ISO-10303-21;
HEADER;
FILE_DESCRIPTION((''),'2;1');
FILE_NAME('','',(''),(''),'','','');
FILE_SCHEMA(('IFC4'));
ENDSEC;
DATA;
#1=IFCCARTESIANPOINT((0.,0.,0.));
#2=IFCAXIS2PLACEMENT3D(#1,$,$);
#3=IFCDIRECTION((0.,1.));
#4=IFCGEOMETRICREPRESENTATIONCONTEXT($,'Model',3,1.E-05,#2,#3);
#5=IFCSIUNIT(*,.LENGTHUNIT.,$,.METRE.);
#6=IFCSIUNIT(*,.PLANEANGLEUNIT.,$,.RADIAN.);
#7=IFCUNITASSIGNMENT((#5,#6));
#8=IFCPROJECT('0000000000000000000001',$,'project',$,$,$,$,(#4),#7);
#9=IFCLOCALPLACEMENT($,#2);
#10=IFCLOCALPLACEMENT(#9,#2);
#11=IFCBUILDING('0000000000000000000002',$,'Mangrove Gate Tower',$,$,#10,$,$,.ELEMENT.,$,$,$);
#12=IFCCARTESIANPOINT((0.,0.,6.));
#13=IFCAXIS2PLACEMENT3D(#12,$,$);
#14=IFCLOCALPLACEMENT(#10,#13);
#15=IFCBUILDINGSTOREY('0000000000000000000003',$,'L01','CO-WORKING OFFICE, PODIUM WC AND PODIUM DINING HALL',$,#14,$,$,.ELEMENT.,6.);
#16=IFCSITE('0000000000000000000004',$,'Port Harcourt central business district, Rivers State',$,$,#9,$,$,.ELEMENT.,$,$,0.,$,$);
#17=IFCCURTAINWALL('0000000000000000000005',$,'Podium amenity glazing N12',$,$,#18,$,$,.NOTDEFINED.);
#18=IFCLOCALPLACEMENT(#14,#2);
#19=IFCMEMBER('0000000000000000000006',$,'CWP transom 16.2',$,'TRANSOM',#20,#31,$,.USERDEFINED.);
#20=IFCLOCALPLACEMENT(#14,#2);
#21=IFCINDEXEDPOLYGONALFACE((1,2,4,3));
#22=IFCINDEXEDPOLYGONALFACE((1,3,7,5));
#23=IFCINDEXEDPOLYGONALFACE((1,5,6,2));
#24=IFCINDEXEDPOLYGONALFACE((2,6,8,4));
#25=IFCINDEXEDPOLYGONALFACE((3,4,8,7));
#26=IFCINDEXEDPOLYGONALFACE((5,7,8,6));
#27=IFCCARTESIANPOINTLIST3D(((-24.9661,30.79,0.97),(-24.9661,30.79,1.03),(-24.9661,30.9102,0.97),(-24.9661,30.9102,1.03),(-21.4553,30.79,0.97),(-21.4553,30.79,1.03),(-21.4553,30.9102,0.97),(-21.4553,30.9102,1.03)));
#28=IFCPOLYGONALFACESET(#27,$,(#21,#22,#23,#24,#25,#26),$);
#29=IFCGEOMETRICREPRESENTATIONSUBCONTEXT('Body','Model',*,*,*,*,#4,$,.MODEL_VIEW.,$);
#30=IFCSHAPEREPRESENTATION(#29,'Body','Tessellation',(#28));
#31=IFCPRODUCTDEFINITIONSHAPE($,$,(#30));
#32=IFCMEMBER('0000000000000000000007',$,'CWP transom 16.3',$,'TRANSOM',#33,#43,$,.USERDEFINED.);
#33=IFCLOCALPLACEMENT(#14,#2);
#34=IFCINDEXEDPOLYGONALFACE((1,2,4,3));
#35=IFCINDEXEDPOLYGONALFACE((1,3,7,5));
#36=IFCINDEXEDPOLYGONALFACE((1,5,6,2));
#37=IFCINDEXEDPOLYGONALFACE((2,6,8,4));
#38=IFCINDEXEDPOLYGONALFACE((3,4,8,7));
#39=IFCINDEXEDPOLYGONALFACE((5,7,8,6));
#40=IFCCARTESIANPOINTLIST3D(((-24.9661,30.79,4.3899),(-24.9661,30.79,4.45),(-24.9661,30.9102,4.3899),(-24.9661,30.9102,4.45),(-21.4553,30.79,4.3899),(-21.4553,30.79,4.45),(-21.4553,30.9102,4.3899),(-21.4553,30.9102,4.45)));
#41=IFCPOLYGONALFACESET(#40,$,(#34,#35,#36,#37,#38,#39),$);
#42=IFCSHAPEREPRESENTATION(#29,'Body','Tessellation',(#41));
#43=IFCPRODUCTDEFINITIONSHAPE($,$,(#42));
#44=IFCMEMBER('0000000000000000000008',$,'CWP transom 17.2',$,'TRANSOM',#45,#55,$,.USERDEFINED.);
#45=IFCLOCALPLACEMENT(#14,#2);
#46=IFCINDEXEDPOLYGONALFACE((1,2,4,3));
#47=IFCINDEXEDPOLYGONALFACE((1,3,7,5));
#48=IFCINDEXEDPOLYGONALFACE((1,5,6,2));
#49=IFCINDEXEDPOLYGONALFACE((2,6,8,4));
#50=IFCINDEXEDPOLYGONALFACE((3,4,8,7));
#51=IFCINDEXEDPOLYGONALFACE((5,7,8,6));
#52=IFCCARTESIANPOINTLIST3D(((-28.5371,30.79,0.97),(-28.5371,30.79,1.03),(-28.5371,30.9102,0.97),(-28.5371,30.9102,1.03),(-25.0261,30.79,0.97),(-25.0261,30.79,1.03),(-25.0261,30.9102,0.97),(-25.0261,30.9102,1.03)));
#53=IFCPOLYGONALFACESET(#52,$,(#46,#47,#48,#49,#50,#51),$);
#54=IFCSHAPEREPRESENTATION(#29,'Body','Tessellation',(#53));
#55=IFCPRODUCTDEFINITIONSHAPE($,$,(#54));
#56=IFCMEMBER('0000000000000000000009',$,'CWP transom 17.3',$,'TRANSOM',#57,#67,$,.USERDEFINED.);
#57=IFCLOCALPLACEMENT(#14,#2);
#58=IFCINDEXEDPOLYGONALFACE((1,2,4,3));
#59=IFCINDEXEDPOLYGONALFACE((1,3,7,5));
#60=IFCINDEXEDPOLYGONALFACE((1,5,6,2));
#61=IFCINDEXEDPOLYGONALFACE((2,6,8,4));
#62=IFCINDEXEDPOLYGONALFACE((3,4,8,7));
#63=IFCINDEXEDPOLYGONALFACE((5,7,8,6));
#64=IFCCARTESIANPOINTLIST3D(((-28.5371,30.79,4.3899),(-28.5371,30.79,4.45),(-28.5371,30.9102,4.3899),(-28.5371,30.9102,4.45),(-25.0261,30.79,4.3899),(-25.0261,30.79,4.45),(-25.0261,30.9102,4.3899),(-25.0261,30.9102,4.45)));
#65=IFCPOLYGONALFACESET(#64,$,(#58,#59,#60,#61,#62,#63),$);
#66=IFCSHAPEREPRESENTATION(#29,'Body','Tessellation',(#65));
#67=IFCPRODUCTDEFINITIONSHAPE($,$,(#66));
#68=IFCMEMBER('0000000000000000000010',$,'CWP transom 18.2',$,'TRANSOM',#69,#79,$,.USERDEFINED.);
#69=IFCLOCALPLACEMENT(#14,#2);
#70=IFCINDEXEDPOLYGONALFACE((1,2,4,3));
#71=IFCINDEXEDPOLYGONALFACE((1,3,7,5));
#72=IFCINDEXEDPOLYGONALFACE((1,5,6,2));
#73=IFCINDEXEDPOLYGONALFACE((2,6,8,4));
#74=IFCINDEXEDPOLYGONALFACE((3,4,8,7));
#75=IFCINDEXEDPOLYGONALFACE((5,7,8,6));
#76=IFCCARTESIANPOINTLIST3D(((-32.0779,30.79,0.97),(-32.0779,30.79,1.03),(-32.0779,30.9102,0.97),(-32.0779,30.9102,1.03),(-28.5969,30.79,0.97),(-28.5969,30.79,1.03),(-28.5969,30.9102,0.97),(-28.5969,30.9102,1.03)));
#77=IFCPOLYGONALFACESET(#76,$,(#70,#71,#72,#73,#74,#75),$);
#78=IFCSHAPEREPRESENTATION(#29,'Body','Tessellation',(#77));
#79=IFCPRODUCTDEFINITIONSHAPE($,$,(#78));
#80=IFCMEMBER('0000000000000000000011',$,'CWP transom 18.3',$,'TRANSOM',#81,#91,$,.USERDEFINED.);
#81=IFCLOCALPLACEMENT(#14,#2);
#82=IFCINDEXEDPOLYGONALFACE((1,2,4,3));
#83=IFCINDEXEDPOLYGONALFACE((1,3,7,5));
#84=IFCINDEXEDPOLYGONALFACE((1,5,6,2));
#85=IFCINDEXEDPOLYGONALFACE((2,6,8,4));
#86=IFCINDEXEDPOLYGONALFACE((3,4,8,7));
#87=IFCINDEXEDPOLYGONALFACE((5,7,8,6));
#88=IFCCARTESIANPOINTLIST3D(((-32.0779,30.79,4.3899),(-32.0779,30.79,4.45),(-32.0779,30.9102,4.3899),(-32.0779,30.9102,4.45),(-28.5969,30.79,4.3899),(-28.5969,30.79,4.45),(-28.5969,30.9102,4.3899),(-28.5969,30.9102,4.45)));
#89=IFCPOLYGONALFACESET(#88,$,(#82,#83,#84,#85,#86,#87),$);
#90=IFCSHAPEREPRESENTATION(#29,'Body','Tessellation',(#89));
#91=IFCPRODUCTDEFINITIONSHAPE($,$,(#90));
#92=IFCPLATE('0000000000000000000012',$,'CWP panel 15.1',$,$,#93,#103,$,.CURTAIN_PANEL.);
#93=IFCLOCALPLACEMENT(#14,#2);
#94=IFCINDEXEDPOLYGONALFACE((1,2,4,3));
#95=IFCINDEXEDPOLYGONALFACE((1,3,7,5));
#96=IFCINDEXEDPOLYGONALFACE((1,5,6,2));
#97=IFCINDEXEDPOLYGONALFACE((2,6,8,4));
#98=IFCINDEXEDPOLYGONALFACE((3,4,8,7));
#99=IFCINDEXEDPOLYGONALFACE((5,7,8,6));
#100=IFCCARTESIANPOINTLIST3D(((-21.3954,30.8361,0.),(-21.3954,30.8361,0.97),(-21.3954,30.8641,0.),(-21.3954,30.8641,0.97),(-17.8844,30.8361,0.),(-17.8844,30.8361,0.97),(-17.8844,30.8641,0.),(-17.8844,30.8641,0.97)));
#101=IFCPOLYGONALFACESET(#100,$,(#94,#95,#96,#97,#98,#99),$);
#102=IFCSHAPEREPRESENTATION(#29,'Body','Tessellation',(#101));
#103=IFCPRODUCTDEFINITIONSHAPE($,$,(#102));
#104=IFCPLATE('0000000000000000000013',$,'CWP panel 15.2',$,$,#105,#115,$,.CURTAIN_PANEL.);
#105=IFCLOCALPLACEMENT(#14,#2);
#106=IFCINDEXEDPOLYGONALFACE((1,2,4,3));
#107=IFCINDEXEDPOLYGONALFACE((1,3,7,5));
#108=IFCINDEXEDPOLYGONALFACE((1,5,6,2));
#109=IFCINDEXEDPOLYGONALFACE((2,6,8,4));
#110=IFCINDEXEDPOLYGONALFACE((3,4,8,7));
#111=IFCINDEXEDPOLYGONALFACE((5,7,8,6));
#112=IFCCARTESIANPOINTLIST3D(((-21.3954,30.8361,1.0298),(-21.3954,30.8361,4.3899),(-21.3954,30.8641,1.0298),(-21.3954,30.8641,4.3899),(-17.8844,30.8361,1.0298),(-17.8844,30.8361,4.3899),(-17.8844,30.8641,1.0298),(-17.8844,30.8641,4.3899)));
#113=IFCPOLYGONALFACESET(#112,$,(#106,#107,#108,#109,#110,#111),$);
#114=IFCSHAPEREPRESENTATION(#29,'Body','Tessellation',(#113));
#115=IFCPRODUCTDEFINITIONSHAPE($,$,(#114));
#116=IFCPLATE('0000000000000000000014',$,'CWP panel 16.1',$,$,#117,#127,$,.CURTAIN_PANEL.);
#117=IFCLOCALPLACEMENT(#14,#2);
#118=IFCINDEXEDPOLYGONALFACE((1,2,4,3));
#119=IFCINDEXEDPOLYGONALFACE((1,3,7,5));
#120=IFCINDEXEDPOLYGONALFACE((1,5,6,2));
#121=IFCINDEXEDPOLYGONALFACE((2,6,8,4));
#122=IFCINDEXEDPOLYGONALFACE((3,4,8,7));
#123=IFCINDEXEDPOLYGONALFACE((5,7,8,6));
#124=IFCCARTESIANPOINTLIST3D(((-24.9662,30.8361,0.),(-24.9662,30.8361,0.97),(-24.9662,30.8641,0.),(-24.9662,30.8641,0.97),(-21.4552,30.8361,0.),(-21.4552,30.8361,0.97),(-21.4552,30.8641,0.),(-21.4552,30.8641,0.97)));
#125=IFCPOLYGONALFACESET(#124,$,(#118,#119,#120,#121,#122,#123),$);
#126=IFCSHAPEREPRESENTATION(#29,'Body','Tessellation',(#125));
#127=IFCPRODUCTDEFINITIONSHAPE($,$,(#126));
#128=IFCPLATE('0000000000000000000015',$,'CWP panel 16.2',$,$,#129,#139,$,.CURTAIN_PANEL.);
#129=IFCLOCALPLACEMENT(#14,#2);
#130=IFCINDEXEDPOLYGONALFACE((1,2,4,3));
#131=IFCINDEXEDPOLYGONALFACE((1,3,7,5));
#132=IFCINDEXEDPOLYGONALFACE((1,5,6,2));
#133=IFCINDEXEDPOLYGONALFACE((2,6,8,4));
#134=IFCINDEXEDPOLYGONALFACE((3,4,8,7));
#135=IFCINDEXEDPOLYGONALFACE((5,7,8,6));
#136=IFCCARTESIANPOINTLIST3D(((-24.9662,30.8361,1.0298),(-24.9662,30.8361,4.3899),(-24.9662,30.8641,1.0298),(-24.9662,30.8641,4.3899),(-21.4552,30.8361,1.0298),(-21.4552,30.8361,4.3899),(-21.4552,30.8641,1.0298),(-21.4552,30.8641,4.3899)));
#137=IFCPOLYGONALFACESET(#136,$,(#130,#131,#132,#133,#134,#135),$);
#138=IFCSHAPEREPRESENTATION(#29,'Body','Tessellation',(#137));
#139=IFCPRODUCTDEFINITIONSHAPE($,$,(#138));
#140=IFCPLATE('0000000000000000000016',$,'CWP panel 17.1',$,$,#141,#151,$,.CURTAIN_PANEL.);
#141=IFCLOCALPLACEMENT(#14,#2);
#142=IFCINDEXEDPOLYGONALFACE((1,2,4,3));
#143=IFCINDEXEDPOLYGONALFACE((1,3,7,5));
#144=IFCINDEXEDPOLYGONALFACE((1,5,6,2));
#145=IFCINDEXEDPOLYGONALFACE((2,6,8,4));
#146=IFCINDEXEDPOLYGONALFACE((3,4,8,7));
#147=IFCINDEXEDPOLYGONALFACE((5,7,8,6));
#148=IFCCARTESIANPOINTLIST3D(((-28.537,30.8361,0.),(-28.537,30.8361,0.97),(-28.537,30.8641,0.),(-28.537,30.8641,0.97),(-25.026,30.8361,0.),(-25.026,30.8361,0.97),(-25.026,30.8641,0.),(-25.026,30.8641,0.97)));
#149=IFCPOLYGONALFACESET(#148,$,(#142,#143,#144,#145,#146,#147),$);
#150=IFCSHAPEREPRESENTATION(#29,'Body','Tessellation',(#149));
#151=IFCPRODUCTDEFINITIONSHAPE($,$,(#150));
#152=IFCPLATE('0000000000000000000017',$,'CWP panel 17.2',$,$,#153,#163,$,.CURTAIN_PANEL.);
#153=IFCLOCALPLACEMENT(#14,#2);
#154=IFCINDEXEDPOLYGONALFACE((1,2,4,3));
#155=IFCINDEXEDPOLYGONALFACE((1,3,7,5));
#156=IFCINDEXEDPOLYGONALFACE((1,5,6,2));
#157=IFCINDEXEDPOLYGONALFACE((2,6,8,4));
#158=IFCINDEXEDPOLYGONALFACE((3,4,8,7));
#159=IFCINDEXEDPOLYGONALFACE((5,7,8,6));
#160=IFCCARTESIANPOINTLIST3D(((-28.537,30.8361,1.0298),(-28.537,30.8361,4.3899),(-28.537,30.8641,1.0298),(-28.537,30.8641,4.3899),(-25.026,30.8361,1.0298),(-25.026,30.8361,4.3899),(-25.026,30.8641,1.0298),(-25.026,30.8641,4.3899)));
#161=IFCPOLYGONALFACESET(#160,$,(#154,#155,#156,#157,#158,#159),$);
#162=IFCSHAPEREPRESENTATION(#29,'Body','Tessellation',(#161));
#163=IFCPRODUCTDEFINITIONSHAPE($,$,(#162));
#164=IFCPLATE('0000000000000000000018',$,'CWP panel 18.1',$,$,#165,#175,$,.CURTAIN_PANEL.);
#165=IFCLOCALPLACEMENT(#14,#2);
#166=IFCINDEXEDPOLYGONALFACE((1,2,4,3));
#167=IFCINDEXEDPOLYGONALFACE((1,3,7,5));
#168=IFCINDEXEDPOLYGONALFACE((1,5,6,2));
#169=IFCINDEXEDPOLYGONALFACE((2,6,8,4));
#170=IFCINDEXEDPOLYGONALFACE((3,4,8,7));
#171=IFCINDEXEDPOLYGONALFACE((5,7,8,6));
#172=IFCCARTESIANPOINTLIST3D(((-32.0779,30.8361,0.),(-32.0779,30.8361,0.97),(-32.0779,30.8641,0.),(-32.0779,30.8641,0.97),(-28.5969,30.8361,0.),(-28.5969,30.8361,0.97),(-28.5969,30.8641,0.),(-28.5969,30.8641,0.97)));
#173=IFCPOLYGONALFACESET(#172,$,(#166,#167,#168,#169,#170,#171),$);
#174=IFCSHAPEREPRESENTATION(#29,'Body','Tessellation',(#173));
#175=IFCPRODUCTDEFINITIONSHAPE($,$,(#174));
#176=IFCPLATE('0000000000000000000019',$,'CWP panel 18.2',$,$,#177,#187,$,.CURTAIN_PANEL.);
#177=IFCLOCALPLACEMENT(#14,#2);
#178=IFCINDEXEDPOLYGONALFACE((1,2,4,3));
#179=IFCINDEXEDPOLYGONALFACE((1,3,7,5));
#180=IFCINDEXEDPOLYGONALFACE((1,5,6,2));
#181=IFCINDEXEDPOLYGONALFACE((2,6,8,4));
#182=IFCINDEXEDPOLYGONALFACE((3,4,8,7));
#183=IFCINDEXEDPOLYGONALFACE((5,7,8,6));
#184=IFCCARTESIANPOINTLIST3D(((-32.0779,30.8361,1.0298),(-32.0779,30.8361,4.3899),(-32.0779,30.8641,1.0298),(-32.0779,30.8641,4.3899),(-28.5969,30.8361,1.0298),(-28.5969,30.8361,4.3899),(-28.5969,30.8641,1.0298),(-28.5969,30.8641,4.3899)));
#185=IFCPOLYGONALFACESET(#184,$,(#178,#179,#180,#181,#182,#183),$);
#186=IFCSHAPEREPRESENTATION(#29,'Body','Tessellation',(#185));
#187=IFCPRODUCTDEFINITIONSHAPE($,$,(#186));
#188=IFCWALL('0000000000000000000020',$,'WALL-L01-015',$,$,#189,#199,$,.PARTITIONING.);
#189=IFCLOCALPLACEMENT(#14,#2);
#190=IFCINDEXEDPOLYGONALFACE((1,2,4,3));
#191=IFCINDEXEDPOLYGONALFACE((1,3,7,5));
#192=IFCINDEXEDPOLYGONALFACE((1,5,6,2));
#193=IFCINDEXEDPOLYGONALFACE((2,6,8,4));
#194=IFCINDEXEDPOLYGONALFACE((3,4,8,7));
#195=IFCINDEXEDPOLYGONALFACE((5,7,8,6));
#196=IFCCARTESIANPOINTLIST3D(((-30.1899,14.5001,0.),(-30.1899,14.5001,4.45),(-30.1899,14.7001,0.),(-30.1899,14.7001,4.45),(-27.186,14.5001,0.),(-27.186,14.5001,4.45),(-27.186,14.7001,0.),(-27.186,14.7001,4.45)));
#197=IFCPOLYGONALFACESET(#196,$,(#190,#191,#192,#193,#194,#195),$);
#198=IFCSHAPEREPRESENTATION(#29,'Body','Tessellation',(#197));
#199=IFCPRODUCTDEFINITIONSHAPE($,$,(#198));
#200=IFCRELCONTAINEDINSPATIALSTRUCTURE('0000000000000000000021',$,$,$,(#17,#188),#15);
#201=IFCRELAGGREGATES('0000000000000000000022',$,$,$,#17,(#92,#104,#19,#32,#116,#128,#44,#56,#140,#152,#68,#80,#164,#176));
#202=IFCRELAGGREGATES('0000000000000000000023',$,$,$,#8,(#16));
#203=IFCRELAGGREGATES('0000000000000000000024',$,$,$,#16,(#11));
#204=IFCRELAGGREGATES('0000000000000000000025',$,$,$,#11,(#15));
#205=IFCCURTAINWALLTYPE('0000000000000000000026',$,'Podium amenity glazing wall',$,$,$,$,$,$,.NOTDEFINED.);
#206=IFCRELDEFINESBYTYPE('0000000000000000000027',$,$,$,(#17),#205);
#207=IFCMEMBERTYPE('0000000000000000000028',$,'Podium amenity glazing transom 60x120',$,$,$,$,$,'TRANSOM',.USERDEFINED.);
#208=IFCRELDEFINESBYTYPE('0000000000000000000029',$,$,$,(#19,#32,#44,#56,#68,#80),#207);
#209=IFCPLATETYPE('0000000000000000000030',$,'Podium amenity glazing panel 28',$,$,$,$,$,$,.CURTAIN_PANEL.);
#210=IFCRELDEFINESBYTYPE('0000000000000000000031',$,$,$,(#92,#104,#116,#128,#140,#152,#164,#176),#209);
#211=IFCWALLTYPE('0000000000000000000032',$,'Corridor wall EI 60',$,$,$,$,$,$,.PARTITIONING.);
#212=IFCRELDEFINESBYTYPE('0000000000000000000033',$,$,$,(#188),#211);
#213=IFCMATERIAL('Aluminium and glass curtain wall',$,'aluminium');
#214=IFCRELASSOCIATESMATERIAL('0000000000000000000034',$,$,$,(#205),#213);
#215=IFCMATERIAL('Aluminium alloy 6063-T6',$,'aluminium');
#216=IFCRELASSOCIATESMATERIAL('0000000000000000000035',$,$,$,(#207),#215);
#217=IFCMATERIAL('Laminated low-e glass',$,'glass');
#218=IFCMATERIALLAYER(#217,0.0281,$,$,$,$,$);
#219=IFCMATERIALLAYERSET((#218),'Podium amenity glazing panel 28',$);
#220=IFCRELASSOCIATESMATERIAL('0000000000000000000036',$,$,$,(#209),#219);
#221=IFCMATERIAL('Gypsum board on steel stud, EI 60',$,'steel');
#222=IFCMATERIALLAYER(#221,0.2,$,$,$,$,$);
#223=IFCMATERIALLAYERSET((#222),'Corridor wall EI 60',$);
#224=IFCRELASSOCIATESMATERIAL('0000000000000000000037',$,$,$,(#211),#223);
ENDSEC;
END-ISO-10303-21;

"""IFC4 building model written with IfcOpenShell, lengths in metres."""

from ifc_helpers import new_model, si_unit, direction, frame, frame_2d, origin, origin_2d, place, context, subcontext, project, spatial, rectangle, extrude, material, layer, layer_set, material_profile, profile_set, type_object, element, aggregate, save


model = new_model("IFC4")

# Units and contexts
model_context = context("Model", 3, precision=1e-05, world=origin(), true_north=direction((0.0, 1.0)))
body_context = subcontext(model_context, "Body", "Model", "MODEL_VIEW")
ifc_project = project(units=[si_unit("LENGTHUNIT", "METRE"), si_unit("PLANEANGLEUNIT", "RADIAN")], contexts=[model_context])

# Site, building, storey
site_placement = place(None, origin())
site = spatial("IfcSite", under=ifc_project, at=site_placement, Name="Port Harcourt central business district, Rivers State", CompositionType="ELEMENT", RefElevation=0.0)
building_placement = place(site_placement, origin())
building = spatial("IfcBuilding", under=site, at=building_placement, Name="Mangrove Gate Tower", CompositionType="ELEMENT")
storey_placement = place(building_placement, frame((0.0, 0.0, 6.0)))
storey = spatial("IfcBuildingStorey", under=building, at=storey_placement, Name="L01", Description="CO-WORKING OFFICE, PODIUM WC AND PODIUM DINING HALL", CompositionType="ELEMENT", Elevation=6.0)

# Curtain wall, members, plates
ifc_material_1 = material(Name="Aluminium and glass curtain wall", Category="aluminium")
curtain_wall_type = type_object("IfcCurtainWallType", Name="Podium amenity glazing wall", PredefinedType="NOTDEFINED", material=ifc_material_1)
curtain_wall_placement = place(storey_placement, origin())
curtain_wall = element("IfcCurtainWall", 1, at=curtain_wall_placement, inside=storey, type_object=curtain_wall_type, Name="Podium amenity glazing N12", PredefinedType="NOTDEFINED")
ifc_material_2 = material(Name="Aluminium alloy 6063-T6", Category="aluminium")
ifc_material_profile_1 = material_profile(ifc_material_2, rectangle(XDim=0.0601, YDim=0.1201, at=origin_2d()))
ifc_profile_set_1 = profile_set([ifc_material_profile_1], Name="Aluminium alloy 6063-T6")
member_type_1 = type_object("IfcMemberType", Name="Podium amenity glazing transom 60x120", ElementType="TRANSOM", PredefinedType="USERDEFINED", material=ifc_profile_set_1)
member_1_placement = place(storey_placement, frame((-21.4553, 30.8501, 1.0), z_axis=(-1.0, 0.0, 0.0), x_axis=(0.0, 0.0, 1.0)))
member_1 = element("IfcMember", 2, at=member_1_placement, type_object=member_type_1, Name="CWP transom 16.2", ObjectType="TRANSOM", PredefinedType="USERDEFINED", context=body_context, shape_type="SweptSolid", body=[
    extrude(rectangle(XDim=0.0601, YDim=0.1201, at=origin_2d()), origin(), (0.0, 0.0, 1.0), 3.5107),
])
member_2_placement = place(storey_placement, frame((-21.4553, 30.8501, 4.4199), z_axis=(-1.0, 0.0, 0.0), x_axis=(0.0, 0.0, 1.0)))
member_2 = element("IfcMember", 3, at=member_2_placement, type_object=member_type_1, Name="CWP transom 16.3", ObjectType="TRANSOM", PredefinedType="USERDEFINED", context=body_context, shape_type="SweptSolid", body=[
    extrude(rectangle(XDim=0.0601, YDim=0.1201, at=origin_2d()), origin(), (0.0, 0.0, 1.0), 3.5107),
])
member_3_placement = place(storey_placement, frame((-25.0261, 30.8501, 1.0), z_axis=(-1.0, 0.0, 0.0), x_axis=(0.0, 0.0, 1.0)))
member_3 = element("IfcMember", 4, at=member_3_placement, type_object=member_type_1, Name="CWP transom 17.2", ObjectType="TRANSOM", PredefinedType="USERDEFINED", context=body_context, shape_type="SweptSolid", body=[
    extrude(rectangle(XDim=0.0601, YDim=0.1201, at=origin_2d()), origin(), (0.0, 0.0, 1.0), 3.511),
])
member_4_placement = place(storey_placement, frame((-25.0261, 30.8501, 4.4199), z_axis=(-1.0, 0.0, 0.0), x_axis=(0.0, 0.0, 1.0)))
member_4 = element("IfcMember", 5, at=member_4_placement, type_object=member_type_1, Name="CWP transom 17.3", ObjectType="TRANSOM", PredefinedType="USERDEFINED", context=body_context, shape_type="SweptSolid", body=[
    extrude(rectangle(XDim=0.0601, YDim=0.1201, at=origin_2d()), origin(), (0.0, 0.0, 1.0), 3.511),
])
member_5_placement = place(storey_placement, frame((-28.5969, 30.8501, 1.0), z_axis=(-1.0, 0.0, 0.0), x_axis=(0.0, 0.0, 1.0)))
member_5 = element("IfcMember", 6, at=member_5_placement, type_object=member_type_1, Name="CWP transom 18.2", ObjectType="TRANSOM", PredefinedType="USERDEFINED", context=body_context, shape_type="SweptSolid", body=[
    extrude(rectangle(XDim=0.0601, YDim=0.1201, at=origin_2d()), origin(), (0.0, 0.0, 1.0), 3.481),
])
member_6_placement = place(storey_placement, frame((-28.5969, 30.8501, 4.4199), z_axis=(-1.0, 0.0, 0.0), x_axis=(0.0, 0.0, 1.0)))
member_6 = element("IfcMember", 7, at=member_6_placement, type_object=member_type_1, Name="CWP transom 18.3", ObjectType="TRANSOM", PredefinedType="USERDEFINED", context=body_context, shape_type="SweptSolid", body=[
    extrude(rectangle(XDim=0.0601, YDim=0.1201, at=origin_2d()), origin(), (0.0, 0.0, 1.0), 3.481),
])
ifc_material_3 = material(Name="Laminated low-e glass", Category="glass")
ifc_layer_1 = layer(ifc_material_3, 0.0281)
ifc_layer_set_1 = layer_set([ifc_layer_1], Name="Podium amenity glazing panel 28")
plate_type = type_object("IfcPlateType", Name="Podium amenity glazing panel 28", PredefinedType="CURTAIN_PANEL", material=ifc_layer_set_1)
plate_1_placement = place(storey_placement, frame((-19.6399, 30.8501, 0.0), z_axis=(0.0, 0.0, 1.0), x_axis=(-1.0, 0.0, 0.0)))
plate_1 = element("IfcPlate", 8, at=plate_1_placement, type_object=plate_type, Name="CWP panel 15.1", PredefinedType="CURTAIN_PANEL", context=body_context, shape_type="SweptSolid", body=[
    extrude(rectangle(XDim=3.511, YDim=0.0281, at=origin_2d()), origin(), (0.0, 0.0, 1.0), 0.97),
])
plate_2_placement = place(storey_placement, frame((-19.6399, 30.8501, 1.0298), z_axis=(0.0, 0.0, 1.0), x_axis=(-1.0, 0.0, 0.0)))
plate_2 = element("IfcPlate", 9, at=plate_2_placement, type_object=plate_type, Name="CWP panel 15.2", PredefinedType="CURTAIN_PANEL", context=body_context, shape_type="SweptSolid", body=[
    extrude(rectangle(XDim=3.511, YDim=0.0281, at=origin_2d()), origin(), (0.0, 0.0, 1.0), 3.3601),
])
plate_3_placement = place(storey_placement, frame((-23.2107, 30.8501, 0.0), z_axis=(0.0, 0.0, 1.0), x_axis=(-1.0, 0.0, 0.0)))
plate_3 = element("IfcPlate", 10, at=plate_3_placement, type_object=plate_type, Name="CWP panel 16.1", PredefinedType="CURTAIN_PANEL", context=body_context, shape_type="SweptSolid", body=[
    extrude(rectangle(XDim=3.511, YDim=0.0281, at=origin_2d()), origin(), (0.0, 0.0, 1.0), 0.97),
])
plate_4_placement = place(storey_placement, frame((-23.2107, 30.8501, 1.0298), z_axis=(0.0, 0.0, 1.0), x_axis=(-1.0, 0.0, 0.0)))
plate_4 = element("IfcPlate", 11, at=plate_4_placement, type_object=plate_type, Name="CWP panel 16.2", PredefinedType="CURTAIN_PANEL", context=body_context, shape_type="SweptSolid", body=[
    extrude(rectangle(XDim=3.511, YDim=0.0281, at=origin_2d()), origin(), (0.0, 0.0, 1.0), 3.3601),
])
plate_5_placement = place(storey_placement, frame((-26.7815, 30.8501, 0.0), z_axis=(0.0, 0.0, 1.0), x_axis=(-1.0, 0.0, 0.0)))
plate_5 = element("IfcPlate", 12, at=plate_5_placement, type_object=plate_type, Name="CWP panel 17.1", PredefinedType="CURTAIN_PANEL", context=body_context, shape_type="SweptSolid", body=[
    extrude(rectangle(XDim=3.511, YDim=0.0281, at=origin_2d()), origin(), (0.0, 0.0, 1.0), 0.97),
])
plate_6_placement = place(storey_placement, frame((-26.7815, 30.8501, 1.0298), z_axis=(0.0, 0.0, 1.0), x_axis=(-1.0, 0.0, 0.0)))
plate_6 = element("IfcPlate", 13, at=plate_6_placement, type_object=plate_type, Name="CWP panel 17.2", PredefinedType="CURTAIN_PANEL", context=body_context, shape_type="SweptSolid", body=[
    extrude(rectangle(XDim=3.511, YDim=0.0281, at=origin_2d()), origin(), (0.0, 0.0, 1.0), 3.3601),
])
plate_7_placement = place(storey_placement, frame((-30.3374, 30.8501, 0.0), z_axis=(0.0, 0.0, 1.0), x_axis=(-1.0, 0.0, 0.0)))
plate_7 = element("IfcPlate", 14, at=plate_7_placement, type_object=plate_type, Name="CWP panel 18.1", PredefinedType="CURTAIN_PANEL", context=body_context, shape_type="SweptSolid", body=[
    extrude(rectangle(XDim=3.481, YDim=0.0281, at=origin_2d()), origin(), (0.0, 0.0, 1.0), 0.97),
])
plate_8_placement = place(storey_placement, frame((-30.3374, 30.8501, 1.0298), z_axis=(0.0, 0.0, 1.0), x_axis=(-1.0, 0.0, 0.0)))
plate_8 = element("IfcPlate", 15, at=plate_8_placement, type_object=plate_type, Name="CWP panel 18.2", PredefinedType="CURTAIN_PANEL", context=body_context, shape_type="SweptSolid", body=[
    extrude(rectangle(XDim=3.481, YDim=0.0281, at=origin_2d()), origin(), (0.0, 0.0, 1.0), 3.3601),
])
aggregate(curtain_wall, [plate_1, plate_2, member_1, member_2, plate_3, plate_4, member_3, member_4, plate_5, plate_6, member_5, member_6, plate_7, plate_8])

# Wall
ifc_material_4 = material(Name="Gypsum board on steel stud, EI 60", Category="steel")
ifc_layer_2 = layer(ifc_material_4, 0.2)
ifc_layer_set_2 = layer_set([ifc_layer_2], Name="Corridor wall EI 60")
wall_type_1 = type_object("IfcWallType", Name="Corridor wall EI 60", PredefinedType="PARTITIONING", material=ifc_layer_set_2)
wall_1_placement = place(storey_placement, frame((-30.1899, 14.6001, 0.0), z_axis=(0.0, 0.0, 1.0), x_axis=(1.0, 0.0, 0.0)))
element("IfcWall", 16, at=wall_1_placement, inside=storey, type_object=wall_type_1, Name="WALL-L01-015", PredefinedType="PARTITIONING", context=body_context, shape_type="SweptSolid", body=[
    extrude(rectangle(XDim=3.0039, YDim=0.2, at=frame_2d((1.502, 0.0))), origin(), (0.0, 0.0, 1.0), 4.45),
])

save(model, "model.ifc")
